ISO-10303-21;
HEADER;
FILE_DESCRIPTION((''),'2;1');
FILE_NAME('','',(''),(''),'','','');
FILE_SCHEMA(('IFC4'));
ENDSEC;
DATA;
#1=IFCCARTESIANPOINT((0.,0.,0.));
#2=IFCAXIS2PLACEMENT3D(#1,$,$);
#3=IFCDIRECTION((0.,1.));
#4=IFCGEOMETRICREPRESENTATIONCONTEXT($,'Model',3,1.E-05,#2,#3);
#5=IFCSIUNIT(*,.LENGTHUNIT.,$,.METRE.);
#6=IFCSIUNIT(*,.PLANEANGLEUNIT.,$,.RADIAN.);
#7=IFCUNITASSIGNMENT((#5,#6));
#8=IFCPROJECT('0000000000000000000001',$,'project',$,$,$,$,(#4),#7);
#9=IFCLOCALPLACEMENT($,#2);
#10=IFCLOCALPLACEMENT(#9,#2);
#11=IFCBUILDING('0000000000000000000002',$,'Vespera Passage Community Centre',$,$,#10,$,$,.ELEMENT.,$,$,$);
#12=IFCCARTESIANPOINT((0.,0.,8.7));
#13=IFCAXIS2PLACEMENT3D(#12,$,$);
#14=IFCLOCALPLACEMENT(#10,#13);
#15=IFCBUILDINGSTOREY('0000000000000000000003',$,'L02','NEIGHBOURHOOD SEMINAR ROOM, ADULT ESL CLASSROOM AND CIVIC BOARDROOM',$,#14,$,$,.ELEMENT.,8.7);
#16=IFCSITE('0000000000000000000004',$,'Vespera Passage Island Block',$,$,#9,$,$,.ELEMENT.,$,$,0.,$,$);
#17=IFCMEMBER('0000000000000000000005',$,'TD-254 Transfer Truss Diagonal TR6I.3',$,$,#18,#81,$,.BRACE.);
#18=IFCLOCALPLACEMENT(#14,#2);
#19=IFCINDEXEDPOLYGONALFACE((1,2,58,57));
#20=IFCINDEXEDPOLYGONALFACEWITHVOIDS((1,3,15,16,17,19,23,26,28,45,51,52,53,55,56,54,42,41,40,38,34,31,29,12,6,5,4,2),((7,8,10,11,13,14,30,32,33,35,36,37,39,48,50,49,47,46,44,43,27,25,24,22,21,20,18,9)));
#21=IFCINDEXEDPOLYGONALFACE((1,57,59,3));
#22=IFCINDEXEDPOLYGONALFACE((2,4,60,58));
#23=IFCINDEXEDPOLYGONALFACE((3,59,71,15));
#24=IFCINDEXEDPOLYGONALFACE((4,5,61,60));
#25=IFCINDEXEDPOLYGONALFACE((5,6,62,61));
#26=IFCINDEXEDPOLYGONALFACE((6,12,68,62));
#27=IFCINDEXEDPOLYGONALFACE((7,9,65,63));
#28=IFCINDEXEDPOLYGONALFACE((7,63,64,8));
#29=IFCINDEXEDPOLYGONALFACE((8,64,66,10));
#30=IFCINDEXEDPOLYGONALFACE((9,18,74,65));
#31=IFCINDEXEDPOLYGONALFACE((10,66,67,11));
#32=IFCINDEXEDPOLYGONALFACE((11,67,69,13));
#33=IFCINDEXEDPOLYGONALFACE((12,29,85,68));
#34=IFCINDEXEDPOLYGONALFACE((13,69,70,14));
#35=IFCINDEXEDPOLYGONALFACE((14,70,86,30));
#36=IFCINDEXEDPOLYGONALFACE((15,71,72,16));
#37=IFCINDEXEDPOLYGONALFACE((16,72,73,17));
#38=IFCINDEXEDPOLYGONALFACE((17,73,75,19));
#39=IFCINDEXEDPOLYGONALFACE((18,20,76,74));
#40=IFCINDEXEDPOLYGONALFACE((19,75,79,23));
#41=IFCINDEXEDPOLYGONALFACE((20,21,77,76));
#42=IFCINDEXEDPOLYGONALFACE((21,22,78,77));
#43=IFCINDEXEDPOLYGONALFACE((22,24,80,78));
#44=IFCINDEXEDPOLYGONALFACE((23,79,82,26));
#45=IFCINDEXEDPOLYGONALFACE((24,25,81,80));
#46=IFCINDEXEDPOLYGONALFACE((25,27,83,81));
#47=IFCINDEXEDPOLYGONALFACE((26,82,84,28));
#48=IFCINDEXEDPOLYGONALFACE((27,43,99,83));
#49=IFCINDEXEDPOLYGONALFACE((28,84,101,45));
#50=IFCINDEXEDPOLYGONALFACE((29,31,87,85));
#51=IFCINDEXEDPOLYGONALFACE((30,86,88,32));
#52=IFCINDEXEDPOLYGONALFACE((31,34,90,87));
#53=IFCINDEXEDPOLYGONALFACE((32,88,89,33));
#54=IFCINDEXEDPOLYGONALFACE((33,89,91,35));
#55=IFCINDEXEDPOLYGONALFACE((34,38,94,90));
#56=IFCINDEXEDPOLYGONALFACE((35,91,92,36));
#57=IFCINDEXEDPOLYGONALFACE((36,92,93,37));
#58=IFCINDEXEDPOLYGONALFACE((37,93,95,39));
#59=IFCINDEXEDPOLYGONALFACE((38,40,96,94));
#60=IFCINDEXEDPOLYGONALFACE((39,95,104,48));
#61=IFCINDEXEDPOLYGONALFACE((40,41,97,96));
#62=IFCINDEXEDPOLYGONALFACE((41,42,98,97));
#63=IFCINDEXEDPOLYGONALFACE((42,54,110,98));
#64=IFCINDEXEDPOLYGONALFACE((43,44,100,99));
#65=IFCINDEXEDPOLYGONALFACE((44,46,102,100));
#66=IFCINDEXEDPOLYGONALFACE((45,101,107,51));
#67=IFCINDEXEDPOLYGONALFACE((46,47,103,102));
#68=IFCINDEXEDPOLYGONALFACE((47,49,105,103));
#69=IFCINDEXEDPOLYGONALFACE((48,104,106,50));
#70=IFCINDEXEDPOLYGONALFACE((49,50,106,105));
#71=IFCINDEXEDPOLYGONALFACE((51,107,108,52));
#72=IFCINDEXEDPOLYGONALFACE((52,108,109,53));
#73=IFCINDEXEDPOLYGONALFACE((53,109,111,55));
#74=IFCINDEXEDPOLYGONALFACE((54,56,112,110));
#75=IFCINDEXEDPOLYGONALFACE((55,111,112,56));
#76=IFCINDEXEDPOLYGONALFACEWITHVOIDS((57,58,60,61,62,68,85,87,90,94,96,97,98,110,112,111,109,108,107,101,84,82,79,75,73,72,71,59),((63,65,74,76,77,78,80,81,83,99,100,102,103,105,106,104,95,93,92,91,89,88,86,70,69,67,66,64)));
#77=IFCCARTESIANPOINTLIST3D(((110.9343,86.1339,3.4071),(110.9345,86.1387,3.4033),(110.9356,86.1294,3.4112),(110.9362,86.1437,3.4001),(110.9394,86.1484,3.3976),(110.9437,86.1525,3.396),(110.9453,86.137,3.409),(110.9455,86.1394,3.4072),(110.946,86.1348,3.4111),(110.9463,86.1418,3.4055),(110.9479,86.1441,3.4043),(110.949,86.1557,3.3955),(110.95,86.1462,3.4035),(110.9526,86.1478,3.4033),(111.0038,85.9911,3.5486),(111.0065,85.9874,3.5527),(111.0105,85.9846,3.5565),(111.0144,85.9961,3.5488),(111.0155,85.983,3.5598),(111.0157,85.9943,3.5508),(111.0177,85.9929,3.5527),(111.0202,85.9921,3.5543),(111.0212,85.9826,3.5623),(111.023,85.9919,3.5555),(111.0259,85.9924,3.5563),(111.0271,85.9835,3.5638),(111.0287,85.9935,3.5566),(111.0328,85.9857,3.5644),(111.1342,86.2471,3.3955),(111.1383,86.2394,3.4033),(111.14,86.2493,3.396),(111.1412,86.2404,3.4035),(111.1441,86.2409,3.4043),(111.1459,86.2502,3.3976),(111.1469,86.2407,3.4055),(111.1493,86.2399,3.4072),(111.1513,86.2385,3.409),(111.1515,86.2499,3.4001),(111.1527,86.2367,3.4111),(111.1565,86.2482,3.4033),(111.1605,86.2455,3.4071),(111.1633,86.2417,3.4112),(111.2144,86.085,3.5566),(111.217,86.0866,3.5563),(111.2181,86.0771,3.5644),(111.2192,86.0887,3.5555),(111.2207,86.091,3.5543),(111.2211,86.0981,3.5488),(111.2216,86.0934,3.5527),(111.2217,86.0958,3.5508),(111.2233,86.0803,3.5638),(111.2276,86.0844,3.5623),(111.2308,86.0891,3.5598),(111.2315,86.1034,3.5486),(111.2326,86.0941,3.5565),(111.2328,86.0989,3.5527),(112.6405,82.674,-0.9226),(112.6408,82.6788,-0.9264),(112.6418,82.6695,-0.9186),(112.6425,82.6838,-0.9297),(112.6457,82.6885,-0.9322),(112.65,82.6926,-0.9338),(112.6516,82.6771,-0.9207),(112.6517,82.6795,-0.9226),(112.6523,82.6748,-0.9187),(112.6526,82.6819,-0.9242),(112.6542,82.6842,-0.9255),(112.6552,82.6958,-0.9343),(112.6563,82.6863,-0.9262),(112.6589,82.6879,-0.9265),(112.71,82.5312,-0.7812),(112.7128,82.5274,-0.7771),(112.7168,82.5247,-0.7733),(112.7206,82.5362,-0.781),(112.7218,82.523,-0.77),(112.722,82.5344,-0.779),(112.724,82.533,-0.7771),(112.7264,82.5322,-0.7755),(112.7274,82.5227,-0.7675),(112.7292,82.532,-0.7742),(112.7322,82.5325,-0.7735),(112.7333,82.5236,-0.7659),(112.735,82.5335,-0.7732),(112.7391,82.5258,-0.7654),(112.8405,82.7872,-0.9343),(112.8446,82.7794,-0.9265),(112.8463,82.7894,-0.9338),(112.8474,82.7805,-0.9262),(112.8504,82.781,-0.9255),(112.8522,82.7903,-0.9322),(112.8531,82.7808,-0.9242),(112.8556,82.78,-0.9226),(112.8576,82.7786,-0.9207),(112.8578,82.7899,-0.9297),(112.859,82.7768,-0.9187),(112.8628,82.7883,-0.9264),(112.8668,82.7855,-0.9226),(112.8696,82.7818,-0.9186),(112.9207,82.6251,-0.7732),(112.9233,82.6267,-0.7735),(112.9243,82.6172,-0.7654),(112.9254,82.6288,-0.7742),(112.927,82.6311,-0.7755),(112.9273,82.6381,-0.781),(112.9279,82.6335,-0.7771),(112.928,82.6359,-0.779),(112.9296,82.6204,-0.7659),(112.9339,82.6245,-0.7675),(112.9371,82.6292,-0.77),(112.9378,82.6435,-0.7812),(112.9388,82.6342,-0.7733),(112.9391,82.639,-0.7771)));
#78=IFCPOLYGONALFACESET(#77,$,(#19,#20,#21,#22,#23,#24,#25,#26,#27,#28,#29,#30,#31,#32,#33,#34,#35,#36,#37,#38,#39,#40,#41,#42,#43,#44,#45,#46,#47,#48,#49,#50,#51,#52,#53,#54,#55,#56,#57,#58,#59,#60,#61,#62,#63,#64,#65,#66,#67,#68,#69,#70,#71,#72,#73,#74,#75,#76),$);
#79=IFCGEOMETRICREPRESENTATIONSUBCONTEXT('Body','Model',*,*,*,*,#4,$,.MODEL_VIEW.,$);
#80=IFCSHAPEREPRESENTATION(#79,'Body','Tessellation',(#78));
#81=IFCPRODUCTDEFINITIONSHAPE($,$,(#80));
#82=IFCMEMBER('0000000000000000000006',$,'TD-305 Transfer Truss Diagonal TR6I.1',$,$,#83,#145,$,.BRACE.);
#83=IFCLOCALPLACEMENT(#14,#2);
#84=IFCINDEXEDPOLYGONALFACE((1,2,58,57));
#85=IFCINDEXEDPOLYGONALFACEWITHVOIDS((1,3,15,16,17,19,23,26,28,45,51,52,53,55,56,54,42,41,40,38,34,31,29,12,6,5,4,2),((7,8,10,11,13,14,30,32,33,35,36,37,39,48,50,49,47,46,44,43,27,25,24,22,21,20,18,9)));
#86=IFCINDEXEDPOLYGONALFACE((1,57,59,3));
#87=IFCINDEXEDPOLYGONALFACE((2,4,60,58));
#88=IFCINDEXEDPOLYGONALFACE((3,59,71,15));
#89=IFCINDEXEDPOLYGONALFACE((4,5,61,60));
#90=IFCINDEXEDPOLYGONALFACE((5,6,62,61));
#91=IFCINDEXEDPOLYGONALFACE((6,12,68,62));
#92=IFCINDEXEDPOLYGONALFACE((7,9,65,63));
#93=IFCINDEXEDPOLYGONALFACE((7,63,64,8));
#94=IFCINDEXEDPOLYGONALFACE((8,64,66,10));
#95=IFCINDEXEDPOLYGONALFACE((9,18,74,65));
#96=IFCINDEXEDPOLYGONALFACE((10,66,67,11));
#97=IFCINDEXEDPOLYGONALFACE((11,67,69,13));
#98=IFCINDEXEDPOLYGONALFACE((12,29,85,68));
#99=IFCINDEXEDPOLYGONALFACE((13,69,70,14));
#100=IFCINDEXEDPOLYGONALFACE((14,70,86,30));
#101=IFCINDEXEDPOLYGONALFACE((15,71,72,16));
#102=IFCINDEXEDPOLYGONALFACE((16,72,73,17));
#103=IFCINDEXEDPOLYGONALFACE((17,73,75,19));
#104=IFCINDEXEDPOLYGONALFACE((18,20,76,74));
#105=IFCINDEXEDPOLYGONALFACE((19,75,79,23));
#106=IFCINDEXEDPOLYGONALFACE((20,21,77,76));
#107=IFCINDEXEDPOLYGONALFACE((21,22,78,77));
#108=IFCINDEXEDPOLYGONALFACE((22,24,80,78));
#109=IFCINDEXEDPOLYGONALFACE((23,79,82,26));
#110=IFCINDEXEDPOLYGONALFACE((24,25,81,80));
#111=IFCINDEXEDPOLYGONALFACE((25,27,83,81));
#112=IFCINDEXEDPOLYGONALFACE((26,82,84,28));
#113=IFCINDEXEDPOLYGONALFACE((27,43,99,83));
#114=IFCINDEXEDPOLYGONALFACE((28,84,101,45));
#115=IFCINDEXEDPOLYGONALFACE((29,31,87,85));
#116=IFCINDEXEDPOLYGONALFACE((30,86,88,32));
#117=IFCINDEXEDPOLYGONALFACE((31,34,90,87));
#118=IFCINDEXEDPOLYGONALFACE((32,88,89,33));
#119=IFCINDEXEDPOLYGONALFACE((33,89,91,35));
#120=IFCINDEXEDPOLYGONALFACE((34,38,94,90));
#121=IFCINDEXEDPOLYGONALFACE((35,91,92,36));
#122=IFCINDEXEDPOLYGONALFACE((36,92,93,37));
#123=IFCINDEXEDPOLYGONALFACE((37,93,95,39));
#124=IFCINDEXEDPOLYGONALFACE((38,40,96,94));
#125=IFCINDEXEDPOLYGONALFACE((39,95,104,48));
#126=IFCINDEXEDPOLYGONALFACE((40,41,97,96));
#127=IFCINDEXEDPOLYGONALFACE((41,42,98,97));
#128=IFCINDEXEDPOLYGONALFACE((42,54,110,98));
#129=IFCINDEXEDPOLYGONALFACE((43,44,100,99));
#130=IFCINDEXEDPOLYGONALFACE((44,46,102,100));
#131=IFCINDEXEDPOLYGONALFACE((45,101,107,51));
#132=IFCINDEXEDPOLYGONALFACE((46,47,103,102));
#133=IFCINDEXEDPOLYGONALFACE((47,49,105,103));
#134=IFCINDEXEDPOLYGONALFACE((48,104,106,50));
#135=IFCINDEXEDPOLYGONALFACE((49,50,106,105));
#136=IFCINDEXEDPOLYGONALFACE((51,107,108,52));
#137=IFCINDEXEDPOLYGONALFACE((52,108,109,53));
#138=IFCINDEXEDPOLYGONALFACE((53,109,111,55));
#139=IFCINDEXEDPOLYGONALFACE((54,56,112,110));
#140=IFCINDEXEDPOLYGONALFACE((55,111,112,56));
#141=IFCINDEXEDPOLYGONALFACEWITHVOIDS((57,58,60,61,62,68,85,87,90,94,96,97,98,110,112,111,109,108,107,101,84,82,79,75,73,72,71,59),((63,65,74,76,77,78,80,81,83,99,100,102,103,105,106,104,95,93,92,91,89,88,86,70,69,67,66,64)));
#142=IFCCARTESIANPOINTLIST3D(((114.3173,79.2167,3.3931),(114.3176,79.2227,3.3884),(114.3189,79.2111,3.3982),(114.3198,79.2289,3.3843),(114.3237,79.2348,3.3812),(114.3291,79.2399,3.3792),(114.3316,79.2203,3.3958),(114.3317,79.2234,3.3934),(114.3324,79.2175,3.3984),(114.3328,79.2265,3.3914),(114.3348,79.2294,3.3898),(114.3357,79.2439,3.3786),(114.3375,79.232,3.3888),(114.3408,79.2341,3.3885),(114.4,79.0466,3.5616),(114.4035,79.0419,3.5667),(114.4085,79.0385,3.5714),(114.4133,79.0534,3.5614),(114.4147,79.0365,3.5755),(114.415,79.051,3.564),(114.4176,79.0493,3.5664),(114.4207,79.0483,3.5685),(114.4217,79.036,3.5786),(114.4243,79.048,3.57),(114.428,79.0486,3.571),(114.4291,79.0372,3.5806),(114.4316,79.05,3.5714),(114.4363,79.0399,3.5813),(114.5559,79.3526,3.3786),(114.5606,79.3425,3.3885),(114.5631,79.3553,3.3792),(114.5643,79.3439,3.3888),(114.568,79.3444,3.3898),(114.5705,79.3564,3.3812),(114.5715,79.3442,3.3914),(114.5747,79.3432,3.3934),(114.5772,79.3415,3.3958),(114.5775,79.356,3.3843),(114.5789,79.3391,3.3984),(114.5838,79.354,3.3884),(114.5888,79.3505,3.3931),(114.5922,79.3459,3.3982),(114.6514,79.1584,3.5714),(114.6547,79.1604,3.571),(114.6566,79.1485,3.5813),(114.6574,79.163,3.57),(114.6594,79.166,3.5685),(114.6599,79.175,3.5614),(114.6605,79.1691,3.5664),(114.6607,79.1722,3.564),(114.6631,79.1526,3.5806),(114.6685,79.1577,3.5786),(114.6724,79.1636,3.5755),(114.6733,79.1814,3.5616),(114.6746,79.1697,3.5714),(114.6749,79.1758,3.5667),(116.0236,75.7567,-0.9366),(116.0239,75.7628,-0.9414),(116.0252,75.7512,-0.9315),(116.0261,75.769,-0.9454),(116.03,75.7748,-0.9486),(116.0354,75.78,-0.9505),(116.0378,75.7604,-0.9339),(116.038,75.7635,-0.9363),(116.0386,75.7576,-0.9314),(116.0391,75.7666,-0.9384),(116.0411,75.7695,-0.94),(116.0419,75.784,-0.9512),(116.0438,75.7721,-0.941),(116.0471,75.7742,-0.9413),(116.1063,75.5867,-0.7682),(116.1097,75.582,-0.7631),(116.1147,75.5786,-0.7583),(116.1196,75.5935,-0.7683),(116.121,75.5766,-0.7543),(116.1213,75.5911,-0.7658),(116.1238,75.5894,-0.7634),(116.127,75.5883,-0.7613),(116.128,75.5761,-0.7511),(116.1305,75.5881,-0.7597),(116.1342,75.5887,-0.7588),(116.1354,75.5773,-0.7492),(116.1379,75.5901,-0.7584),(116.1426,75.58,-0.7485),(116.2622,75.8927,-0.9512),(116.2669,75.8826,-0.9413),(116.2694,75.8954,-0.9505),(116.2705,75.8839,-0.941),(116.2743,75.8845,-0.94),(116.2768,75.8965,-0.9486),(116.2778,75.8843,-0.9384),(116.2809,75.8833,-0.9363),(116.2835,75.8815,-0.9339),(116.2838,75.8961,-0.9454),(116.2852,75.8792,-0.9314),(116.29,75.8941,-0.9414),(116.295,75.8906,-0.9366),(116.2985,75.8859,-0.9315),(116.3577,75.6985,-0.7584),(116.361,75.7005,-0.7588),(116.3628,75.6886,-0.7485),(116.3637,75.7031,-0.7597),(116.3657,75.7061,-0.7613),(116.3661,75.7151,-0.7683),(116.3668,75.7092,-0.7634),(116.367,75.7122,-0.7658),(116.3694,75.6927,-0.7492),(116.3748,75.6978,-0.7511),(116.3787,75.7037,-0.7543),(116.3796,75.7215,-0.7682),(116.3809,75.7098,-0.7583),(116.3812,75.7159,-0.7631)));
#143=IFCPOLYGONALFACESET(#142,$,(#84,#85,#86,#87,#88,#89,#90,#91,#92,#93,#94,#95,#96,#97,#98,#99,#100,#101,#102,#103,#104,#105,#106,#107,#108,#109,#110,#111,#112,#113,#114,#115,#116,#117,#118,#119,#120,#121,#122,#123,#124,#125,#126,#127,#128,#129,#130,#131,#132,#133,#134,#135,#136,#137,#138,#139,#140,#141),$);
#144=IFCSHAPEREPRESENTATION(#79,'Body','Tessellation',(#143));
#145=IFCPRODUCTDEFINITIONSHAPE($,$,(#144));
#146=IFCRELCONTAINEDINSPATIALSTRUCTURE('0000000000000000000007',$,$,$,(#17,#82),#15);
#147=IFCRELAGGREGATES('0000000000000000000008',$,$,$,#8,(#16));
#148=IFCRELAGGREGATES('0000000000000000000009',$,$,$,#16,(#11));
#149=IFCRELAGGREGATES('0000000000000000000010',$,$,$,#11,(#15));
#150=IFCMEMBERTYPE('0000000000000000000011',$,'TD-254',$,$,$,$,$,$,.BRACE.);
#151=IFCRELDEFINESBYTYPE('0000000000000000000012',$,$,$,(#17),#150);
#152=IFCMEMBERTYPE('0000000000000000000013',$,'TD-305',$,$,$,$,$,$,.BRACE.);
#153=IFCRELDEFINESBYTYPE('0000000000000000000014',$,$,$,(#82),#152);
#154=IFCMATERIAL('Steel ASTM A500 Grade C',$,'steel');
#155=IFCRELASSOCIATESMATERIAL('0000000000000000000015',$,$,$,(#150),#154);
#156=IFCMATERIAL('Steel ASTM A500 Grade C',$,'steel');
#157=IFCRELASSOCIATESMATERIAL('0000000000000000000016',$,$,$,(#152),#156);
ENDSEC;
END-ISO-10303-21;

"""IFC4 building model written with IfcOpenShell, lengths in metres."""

from ifc_helpers import new_model, si_unit, direction, frame, origin, origin_2d, place, context, subcontext, project, spatial, hollow_rectangle, extrude, material, material_profile, profile_set, type_object, element, save


model = new_model("IFC4")

# Units and contexts
model_context = context("Model", 3, precision=1e-05, world=origin(), true_north=direction((0.0, 1.0)))
body_context = subcontext(model_context, "Body", "Model", "MODEL_VIEW")
ifc_project = project(units=[si_unit("LENGTHUNIT", "METRE"), si_unit("PLANEANGLEUNIT", "RADIAN")], contexts=[model_context])

# Site, building, storey
site_placement = place(None, origin())
site = spatial("IfcSite", under=ifc_project, at=site_placement, Name="Vespera Passage Island Block", CompositionType="ELEMENT", RefElevation=0.0)
building_placement = place(site_placement, origin())
building = spatial("IfcBuilding", under=site, at=building_placement, Name="Vespera Passage Community Centre", CompositionType="ELEMENT")
storey_placement = place(building_placement, frame((0.0, 0.0, 8.7)))
storey = spatial("IfcBuildingStorey", under=building, at=storey_placement, Name="L02", Description="NEIGHBOURHOOD SEMINAR ROOM, ADULT ESL CLASSROOM AND CIVIC BOARDROOM", CompositionType="ELEMENT", Elevation=8.7)

# Members
ifc_material_1 = material(Name="Steel ASTM A500 Grade C", Category="steel")
ifc_material_profile_1 = material_profile(ifc_material_1, hollow_rectangle(XDim=0.2539, YDim=0.2539, WallThickness=0.0117, InnerFilletRadius=0.0117, OuterFilletRadius=0.0237, at=origin_2d()), Name="HSS254X254X12.7")
ifc_profile_set_1 = profile_set([ifc_material_profile_1], Name="Steel ASTM A500 Grade C")
member_type_1 = type_object("IfcMemberType", Name="TD-254", PredefinedType="BRACE", material=ifc_profile_set_1)
member_1_placement = place(storey_placement, frame((112.7898, 82.6565, -0.8499), z_axis=(-0.294232, 0.596631, 0.746631), x_axis=(-0.896869, -0.442296, 0.0)))
element("IfcMember", 1, at=member_1_placement, inside=storey, type_object=member_type_1, Name="TD-254 Transfer Truss Diagonal TR6I.3", PredefinedType="BRACE", context=body_context, shape_type="SweptSolid", body=[
    extrude(hollow_rectangle(XDim=0.2539, YDim=0.2539, WallThickness=0.0117, InnerFilletRadius=0.0117, OuterFilletRadius=0.0237, at=origin_2d()), origin(), (0.0, 0.0, 1.0), 5.7991),
])
ifc_material_2 = material(Name="Steel ASTM A500 Grade C", Category="steel")
ifc_material_profile_2 = material_profile(ifc_material_2, hollow_rectangle(XDim=0.3047, YDim=0.3047, WallThickness=0.0149, InnerFilletRadius=0.0149, OuterFilletRadius=0.0295, at=origin_2d()), Name="HSS305X305X15.9")
ifc_profile_set_2 = profile_set([ifc_material_profile_2], Name="Steel ASTM A500 Grade C")
member_type_2 = type_object("IfcMemberType", Name="TD-305", PredefinedType="BRACE", material=ifc_profile_set_2)
member_2_placement = place(storey_placement, frame((116.2024, 75.7363, -0.8499), z_axis=(-0.294232, 0.596631, 0.746631), x_axis=(-0.896869, -0.442296, 0.0)))
element("IfcMember", 2, at=member_2_placement, inside=storey, type_object=member_type_2, Name="TD-305 Transfer Truss Diagonal TR6I.1", PredefinedType="BRACE", context=body_context, shape_type="SweptSolid", body=[
    extrude(hollow_rectangle(XDim=0.3047, YDim=0.3047, WallThickness=0.0149, InnerFilletRadius=0.0149, OuterFilletRadius=0.0295, at=origin_2d()), origin(), (0.0, 0.0, 1.0), 5.7991),
])

save(model, "model.ifc")
